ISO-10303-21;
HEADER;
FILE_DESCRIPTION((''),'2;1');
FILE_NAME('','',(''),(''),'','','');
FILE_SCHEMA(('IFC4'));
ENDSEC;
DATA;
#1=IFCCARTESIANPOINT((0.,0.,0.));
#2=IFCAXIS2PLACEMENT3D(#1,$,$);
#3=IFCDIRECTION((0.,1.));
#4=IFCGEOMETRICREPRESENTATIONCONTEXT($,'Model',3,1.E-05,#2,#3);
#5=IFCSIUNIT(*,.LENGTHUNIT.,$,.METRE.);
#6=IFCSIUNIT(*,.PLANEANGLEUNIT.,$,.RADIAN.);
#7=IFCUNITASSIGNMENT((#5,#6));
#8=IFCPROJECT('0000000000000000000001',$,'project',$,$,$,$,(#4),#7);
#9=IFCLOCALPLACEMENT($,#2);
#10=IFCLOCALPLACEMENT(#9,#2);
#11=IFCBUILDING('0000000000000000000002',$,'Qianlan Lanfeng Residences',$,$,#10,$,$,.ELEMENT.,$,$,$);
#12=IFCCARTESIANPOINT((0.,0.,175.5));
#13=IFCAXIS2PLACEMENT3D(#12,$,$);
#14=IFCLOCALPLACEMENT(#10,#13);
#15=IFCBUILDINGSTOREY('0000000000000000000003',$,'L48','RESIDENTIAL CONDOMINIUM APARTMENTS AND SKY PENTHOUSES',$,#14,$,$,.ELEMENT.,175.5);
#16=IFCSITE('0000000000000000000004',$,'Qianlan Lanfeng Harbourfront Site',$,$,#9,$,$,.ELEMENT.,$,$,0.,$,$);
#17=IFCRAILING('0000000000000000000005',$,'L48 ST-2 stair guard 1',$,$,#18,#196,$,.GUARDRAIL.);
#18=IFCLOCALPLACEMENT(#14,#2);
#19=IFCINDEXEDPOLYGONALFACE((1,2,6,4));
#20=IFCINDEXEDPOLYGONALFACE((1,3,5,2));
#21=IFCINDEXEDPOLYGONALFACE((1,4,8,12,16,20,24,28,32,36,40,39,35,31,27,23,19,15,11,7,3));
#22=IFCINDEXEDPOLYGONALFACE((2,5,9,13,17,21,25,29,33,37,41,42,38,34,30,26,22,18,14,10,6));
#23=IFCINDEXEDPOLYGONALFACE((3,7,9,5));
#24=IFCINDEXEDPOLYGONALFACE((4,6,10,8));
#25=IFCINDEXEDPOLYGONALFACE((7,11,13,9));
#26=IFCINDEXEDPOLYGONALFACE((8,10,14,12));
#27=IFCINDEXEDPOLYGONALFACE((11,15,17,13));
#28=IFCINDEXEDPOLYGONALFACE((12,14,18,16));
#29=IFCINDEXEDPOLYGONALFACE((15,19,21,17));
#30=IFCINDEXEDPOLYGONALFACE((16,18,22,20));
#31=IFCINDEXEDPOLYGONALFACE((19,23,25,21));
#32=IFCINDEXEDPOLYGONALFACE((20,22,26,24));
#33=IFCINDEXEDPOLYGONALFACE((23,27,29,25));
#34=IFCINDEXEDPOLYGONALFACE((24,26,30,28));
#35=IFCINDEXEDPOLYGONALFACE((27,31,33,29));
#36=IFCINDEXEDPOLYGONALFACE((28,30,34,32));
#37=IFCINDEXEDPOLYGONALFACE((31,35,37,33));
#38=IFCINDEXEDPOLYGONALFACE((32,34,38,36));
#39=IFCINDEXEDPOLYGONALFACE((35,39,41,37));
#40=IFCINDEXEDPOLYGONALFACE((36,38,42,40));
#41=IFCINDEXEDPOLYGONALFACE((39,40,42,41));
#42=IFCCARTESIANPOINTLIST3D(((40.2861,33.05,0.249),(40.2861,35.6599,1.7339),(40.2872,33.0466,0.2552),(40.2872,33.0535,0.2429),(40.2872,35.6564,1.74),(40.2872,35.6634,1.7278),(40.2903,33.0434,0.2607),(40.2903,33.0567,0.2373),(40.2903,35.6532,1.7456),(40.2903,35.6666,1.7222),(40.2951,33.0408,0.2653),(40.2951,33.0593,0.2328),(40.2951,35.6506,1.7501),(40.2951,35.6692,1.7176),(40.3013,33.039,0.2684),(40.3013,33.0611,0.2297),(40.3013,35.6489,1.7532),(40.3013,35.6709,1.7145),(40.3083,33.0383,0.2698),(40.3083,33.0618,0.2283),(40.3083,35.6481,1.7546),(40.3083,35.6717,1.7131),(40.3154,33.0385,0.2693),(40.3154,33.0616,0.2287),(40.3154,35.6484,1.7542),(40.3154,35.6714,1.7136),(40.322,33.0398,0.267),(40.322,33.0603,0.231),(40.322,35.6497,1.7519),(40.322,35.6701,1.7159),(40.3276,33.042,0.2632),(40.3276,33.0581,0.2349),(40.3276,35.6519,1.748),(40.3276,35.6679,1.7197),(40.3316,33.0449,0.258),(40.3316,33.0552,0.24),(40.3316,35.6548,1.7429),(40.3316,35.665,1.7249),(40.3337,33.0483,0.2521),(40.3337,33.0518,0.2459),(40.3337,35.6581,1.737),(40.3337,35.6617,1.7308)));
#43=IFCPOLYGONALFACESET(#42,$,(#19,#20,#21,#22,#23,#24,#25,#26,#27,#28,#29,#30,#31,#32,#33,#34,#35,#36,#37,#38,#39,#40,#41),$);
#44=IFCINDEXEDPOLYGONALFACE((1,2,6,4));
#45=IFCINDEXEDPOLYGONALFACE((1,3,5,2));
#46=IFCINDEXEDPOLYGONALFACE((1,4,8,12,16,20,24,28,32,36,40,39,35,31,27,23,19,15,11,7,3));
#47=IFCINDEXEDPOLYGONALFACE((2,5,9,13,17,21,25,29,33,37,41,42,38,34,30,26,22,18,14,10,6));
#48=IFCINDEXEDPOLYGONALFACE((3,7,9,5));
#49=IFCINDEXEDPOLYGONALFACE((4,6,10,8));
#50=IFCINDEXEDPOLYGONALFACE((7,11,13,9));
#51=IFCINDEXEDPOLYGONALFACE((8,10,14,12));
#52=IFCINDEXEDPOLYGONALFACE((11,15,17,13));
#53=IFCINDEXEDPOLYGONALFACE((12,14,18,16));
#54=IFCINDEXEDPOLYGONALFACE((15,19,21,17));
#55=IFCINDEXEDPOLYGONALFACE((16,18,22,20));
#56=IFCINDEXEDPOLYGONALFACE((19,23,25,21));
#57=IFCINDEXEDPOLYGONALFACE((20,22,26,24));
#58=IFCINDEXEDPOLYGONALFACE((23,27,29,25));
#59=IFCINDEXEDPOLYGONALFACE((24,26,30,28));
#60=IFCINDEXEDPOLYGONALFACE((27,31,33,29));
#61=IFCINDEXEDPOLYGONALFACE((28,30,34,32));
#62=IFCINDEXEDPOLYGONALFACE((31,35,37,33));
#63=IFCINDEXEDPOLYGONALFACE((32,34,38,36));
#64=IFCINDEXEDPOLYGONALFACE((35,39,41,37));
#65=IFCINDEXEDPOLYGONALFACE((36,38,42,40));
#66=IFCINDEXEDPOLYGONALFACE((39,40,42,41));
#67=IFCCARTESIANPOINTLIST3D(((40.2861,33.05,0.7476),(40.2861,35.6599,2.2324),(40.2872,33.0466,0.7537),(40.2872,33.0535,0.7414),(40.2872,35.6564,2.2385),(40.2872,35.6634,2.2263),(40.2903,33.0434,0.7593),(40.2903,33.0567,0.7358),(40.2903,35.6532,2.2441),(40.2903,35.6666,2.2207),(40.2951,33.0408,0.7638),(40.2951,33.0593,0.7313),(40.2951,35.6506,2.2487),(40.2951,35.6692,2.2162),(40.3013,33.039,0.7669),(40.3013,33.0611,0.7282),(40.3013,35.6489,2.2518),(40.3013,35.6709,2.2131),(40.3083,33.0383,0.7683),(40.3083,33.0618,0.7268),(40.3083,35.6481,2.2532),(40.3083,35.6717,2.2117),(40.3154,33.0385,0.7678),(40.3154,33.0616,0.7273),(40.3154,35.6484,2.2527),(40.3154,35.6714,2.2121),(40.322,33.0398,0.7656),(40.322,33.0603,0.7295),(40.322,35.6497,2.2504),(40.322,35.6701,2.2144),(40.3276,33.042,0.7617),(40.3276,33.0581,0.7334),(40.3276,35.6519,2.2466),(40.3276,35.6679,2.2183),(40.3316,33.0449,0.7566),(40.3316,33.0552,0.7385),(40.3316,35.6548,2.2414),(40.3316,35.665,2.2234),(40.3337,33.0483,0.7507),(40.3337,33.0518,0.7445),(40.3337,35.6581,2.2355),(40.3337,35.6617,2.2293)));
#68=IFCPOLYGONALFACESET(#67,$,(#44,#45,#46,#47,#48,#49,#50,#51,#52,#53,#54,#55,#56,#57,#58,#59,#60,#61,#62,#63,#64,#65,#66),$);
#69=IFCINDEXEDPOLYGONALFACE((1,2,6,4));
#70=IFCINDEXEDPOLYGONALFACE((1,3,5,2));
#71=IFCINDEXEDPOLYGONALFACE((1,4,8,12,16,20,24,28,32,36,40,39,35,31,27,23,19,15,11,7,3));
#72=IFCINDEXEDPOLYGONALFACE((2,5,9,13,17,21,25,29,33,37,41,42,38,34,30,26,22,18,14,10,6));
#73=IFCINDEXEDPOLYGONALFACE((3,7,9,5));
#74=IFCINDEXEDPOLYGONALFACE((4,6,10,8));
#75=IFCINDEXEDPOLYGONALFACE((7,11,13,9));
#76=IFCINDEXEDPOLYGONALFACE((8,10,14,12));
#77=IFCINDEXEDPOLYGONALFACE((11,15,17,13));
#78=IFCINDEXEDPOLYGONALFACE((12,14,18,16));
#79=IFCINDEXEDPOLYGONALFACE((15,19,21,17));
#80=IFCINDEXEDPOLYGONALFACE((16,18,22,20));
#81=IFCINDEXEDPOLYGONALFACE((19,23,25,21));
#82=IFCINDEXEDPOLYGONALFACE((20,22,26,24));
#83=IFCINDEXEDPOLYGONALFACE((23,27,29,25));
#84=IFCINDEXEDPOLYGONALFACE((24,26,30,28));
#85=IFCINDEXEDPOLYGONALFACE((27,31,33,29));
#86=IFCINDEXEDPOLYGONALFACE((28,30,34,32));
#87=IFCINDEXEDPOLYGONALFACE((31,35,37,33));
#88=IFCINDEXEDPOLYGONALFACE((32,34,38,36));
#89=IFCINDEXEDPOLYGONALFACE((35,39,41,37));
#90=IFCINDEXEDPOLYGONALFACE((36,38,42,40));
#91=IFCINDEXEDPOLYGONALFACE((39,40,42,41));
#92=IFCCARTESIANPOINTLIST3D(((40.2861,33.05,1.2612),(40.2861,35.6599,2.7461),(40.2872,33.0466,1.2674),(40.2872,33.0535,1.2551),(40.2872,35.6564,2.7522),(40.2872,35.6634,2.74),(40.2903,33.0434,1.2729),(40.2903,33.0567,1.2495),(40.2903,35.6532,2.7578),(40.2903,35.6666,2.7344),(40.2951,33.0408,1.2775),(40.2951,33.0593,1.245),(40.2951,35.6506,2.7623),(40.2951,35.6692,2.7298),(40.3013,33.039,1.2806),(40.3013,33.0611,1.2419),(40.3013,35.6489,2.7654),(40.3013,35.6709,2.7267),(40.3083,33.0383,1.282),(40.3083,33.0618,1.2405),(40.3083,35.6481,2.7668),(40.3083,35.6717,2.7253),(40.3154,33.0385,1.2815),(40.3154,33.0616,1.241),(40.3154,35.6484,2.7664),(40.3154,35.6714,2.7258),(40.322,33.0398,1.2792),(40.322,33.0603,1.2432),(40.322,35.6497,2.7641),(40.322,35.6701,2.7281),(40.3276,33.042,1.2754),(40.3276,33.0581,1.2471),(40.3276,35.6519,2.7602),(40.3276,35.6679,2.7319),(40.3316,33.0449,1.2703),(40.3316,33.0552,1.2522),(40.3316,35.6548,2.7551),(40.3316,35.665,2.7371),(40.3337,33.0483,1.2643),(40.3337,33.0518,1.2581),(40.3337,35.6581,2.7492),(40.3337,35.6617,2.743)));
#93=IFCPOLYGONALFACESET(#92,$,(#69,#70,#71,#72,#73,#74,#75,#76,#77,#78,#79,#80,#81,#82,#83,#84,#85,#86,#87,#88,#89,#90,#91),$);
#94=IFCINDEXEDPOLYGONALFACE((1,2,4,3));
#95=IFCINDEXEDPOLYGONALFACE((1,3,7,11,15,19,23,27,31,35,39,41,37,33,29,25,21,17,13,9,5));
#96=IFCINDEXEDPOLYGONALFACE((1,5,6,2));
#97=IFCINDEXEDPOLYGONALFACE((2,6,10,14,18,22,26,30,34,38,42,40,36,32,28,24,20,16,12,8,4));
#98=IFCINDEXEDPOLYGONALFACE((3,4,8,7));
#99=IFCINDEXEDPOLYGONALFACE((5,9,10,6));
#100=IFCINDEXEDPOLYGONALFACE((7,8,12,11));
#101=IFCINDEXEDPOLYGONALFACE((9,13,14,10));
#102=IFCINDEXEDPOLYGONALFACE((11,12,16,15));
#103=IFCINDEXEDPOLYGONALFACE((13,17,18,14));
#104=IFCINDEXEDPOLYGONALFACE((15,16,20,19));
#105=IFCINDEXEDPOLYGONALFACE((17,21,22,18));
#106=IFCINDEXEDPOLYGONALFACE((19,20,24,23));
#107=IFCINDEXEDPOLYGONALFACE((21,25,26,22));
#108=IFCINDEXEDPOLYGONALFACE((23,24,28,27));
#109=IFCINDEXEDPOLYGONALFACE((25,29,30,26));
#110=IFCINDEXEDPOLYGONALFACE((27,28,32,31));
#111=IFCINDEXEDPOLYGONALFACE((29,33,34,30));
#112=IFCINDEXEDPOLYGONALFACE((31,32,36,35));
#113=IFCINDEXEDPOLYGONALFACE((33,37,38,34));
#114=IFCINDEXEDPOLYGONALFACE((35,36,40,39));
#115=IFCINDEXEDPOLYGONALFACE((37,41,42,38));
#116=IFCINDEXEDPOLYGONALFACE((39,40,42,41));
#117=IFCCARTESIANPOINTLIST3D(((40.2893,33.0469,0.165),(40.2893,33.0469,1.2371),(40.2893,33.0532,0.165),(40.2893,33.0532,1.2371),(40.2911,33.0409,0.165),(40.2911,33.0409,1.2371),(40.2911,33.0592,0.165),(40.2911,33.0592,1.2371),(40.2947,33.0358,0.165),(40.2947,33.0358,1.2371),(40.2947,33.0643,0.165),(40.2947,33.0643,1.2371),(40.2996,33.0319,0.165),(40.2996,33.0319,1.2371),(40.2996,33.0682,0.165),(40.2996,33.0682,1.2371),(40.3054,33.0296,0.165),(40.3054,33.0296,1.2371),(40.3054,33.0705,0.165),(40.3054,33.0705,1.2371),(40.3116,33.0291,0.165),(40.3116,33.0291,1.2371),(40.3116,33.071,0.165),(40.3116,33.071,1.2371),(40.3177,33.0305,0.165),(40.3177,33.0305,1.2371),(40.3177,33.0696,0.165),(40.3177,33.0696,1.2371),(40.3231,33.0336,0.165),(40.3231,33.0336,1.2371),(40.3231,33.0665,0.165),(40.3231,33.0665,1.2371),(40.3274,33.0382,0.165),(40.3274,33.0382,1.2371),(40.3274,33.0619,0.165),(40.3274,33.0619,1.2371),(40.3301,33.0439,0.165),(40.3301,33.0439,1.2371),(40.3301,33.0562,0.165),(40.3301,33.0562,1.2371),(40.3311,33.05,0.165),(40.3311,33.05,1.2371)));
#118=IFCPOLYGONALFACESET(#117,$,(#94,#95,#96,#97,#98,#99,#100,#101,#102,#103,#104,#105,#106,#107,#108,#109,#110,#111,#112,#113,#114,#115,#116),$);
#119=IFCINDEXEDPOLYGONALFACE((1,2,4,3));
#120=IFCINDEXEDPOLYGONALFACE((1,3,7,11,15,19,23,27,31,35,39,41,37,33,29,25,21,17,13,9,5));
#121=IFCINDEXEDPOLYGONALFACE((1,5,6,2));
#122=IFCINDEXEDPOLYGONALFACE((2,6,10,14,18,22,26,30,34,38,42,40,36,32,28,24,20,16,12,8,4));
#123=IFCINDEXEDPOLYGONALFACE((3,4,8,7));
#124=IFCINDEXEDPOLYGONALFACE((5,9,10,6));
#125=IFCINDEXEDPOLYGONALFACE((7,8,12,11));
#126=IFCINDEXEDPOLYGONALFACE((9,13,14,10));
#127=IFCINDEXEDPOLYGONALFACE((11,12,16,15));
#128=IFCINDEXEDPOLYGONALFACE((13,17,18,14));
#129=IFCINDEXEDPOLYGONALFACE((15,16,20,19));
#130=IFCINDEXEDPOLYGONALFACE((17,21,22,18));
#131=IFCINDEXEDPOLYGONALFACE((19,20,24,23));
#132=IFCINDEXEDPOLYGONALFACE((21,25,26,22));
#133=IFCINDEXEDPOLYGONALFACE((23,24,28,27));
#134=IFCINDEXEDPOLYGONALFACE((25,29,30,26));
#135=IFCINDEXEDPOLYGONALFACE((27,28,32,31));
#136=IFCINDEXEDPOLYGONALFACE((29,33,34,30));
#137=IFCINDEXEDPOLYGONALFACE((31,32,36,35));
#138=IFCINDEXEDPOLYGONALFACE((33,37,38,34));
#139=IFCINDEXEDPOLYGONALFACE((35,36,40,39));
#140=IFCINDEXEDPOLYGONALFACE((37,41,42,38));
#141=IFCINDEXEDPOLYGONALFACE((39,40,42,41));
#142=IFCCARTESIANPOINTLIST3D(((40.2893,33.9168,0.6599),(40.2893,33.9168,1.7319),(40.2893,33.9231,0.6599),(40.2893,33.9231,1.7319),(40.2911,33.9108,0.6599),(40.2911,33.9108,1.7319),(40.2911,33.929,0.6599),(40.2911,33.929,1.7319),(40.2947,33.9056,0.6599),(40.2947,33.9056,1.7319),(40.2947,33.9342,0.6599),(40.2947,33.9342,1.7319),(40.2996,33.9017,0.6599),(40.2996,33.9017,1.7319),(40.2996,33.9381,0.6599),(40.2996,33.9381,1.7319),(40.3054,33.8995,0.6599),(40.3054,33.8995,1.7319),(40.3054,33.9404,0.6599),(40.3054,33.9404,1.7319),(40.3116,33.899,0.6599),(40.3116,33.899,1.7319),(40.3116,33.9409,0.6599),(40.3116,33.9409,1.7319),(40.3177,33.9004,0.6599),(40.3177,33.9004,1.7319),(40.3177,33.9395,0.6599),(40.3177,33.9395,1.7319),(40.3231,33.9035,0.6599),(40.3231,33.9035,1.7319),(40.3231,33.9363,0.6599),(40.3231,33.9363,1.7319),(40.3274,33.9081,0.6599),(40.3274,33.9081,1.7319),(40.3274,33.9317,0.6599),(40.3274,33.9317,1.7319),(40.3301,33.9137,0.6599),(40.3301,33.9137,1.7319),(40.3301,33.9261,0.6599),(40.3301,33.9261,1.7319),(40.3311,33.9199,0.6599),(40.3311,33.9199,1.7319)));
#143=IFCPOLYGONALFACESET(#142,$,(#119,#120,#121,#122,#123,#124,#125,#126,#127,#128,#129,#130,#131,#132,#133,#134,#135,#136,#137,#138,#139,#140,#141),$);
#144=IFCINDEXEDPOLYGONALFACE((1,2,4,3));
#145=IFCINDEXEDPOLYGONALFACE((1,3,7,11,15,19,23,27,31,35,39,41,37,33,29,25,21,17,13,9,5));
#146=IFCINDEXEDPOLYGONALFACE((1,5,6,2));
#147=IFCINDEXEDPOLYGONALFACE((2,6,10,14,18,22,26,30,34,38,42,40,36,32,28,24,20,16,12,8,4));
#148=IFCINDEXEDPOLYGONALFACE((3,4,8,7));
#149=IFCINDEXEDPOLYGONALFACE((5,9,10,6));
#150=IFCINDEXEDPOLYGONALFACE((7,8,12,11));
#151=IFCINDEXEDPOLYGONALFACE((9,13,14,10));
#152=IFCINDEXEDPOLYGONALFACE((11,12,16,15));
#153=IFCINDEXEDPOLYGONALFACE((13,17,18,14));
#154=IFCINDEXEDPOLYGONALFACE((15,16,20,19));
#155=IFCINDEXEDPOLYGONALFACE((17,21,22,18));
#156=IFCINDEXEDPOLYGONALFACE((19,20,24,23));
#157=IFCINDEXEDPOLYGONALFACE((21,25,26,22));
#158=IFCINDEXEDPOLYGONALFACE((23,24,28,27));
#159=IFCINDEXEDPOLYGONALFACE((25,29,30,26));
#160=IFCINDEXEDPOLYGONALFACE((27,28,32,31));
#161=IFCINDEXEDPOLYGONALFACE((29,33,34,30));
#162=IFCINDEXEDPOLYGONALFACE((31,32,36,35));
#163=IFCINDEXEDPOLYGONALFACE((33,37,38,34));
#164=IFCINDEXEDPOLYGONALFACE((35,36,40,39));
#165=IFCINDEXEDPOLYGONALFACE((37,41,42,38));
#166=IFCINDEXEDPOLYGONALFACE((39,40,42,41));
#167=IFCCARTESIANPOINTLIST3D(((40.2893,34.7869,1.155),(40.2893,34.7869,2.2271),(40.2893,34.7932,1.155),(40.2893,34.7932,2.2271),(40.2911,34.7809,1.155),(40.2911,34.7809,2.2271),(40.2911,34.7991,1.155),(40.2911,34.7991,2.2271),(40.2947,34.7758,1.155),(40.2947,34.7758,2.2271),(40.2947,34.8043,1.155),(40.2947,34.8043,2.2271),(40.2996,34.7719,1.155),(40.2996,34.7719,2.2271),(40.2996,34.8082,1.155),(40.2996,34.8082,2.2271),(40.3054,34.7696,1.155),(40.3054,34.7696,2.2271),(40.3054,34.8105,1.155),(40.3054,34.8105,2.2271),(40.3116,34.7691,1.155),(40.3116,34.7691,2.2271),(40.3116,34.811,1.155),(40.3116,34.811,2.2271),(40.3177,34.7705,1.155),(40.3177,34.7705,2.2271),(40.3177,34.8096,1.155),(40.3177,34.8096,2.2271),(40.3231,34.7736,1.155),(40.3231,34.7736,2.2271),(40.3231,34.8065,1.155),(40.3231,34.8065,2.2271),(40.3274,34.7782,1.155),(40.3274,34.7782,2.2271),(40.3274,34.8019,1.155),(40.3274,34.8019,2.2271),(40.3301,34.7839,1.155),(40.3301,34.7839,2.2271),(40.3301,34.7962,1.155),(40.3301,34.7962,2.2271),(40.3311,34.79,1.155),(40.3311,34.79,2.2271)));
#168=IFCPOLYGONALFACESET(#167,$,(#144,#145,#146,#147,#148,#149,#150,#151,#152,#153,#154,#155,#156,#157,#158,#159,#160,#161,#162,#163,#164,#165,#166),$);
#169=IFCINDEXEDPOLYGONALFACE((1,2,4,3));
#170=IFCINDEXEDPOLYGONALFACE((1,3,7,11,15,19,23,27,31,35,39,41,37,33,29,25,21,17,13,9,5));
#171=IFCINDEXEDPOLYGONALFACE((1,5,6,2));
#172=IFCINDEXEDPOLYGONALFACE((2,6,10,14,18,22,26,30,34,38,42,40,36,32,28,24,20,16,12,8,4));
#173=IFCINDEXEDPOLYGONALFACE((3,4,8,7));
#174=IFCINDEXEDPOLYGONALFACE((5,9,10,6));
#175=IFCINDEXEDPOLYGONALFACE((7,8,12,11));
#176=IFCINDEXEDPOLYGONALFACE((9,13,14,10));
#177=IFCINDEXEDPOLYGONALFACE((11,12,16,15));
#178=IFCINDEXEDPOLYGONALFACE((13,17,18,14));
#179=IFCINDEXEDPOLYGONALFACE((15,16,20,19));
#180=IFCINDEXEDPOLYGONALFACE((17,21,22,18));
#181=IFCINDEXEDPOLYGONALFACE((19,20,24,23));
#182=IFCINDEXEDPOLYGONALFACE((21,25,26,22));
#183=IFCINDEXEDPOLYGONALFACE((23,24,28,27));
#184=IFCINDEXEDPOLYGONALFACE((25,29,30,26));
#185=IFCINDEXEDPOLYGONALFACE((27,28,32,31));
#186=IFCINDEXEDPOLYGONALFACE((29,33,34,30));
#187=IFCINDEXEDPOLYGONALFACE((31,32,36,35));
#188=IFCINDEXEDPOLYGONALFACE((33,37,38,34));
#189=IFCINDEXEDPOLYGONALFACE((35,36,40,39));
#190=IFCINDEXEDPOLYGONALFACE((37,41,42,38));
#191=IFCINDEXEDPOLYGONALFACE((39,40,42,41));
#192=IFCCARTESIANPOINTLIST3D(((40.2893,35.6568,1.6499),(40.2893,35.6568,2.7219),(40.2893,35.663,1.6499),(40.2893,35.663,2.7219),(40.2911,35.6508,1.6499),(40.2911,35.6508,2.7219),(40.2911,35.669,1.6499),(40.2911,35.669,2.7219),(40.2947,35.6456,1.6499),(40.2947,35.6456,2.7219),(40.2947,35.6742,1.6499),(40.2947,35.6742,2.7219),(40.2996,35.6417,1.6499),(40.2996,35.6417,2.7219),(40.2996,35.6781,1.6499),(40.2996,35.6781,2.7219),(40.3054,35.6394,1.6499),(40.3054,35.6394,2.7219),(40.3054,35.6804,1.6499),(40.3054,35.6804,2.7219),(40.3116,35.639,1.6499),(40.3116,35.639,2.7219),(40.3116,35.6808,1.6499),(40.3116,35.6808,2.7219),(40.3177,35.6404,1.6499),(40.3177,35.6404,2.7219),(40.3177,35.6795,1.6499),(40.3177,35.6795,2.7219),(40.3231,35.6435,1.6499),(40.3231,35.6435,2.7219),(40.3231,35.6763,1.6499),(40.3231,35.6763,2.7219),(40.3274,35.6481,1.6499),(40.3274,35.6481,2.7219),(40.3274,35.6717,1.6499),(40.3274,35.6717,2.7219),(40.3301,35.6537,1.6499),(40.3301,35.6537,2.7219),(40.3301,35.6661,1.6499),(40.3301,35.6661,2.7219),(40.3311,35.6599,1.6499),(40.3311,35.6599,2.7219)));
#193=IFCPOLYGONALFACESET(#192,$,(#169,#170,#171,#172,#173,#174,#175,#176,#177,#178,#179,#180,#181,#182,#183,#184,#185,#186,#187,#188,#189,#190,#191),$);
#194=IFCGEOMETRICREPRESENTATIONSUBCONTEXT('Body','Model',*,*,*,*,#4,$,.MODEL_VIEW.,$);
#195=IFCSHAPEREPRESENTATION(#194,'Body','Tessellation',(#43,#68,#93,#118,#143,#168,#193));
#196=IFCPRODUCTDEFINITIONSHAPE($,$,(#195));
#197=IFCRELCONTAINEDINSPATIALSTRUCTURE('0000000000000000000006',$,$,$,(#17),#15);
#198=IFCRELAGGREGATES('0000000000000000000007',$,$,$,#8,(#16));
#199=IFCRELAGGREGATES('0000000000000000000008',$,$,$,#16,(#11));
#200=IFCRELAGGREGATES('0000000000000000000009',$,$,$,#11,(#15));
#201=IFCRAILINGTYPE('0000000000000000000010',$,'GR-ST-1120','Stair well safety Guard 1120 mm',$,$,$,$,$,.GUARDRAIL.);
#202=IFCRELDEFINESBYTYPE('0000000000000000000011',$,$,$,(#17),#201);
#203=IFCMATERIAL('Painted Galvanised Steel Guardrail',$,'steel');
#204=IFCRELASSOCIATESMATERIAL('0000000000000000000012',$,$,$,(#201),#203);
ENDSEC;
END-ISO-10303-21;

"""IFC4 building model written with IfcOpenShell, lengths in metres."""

from ifc_helpers import new_model, si_unit, direction, frame, origin, origin_2d, place, context, subcontext, project, spatial, circle, extrude, material, type_object, element, save


model = new_model("IFC4")

# Units and contexts
model_context = context("Model", 3, precision=1e-05, world=origin(), true_north=direction((0.0, 1.0)))
body_context = subcontext(model_context, "Body", "Model", "MODEL_VIEW")
ifc_project = project(units=[si_unit("LENGTHUNIT", "METRE"), si_unit("PLANEANGLEUNIT", "RADIAN")], contexts=[model_context])

# Site, building, storey
site_placement = place(None, origin())
site = spatial("IfcSite", under=ifc_project, at=site_placement, Name="Qianlan Lanfeng Harbourfront Site", CompositionType="ELEMENT", RefElevation=0.0)
building_placement = place(site_placement, origin())
building = spatial("IfcBuilding", under=site, at=building_placement, Name="Qianlan Lanfeng Residences", CompositionType="ELEMENT")
storey_placement = place(building_placement, frame((0.0, 0.0, 175.5)))
storey = spatial("IfcBuildingStorey", under=building, at=storey_placement, Name="L48", Description="RESIDENTIAL CONDOMINIUM APARTMENTS AND SKY PENTHOUSES", CompositionType="ELEMENT", Elevation=175.5)

# Railing
ifc_material_1 = material(Name="Painted Galvanised Steel Guardrail", Category="steel")
railing_type_1 = type_object("IfcRailingType", Name="GR-ST-1120", Description="Stair well safety Guard 1120 mm", PredefinedType="GUARDRAIL", material=ifc_material_1)
railing_1_placement = place(storey_placement, frame((40.3101, 33.05, 0.165)))
element("IfcRailing", 1, at=railing_1_placement, inside=storey, type_object=railing_type_1, Name="L48 ST-2 stair guard 1", PredefinedType="GUARDRAIL", context=body_context, shape_type="SweptSolid", body=[
    extrude(circle(Radius=0.0239, at=origin_2d()), frame((0.0, 0.0, 0.084), z_axis=(0.0, 0.869172, 0.494509), x_axis=(-1.0, 0.0, 0.0)), (0.0, 0.0, 1.0), 3.0027),
    extrude(circle(Radius=0.0239, at=origin_2d()), frame((0.0, 0.0, 0.5825), z_axis=(0.0, 0.869172, 0.494509), x_axis=(-1.0, 0.0, 0.0)), (0.0, 0.0, 1.0), 3.0027),
    extrude(circle(Radius=0.0239, at=origin_2d()), frame((0.0, 0.0, 1.0962), z_axis=(0.0, 0.869172, 0.494509), x_axis=(-1.0, 0.0, 0.0)), (0.0, 0.0, 1.0), 3.0027),
    extrude(circle(Radius=0.021, at=origin_2d()), origin(), (0.0, 0.0, 1.0), 1.072),
    extrude(circle(Radius=0.021, at=origin_2d()), frame((0.0, 0.8699, 0.4949)), (0.0, 0.0, 1.0), 1.072),
    extrude(circle(Radius=0.021, at=origin_2d()), frame((0.0, 1.74, 0.99)), (0.0, 0.0, 1.0), 1.072),
    extrude(circle(Radius=0.021, at=origin_2d()), frame((0.0, 2.6099, 1.4849)), (0.0, 0.0, 1.0), 1.072),
])

save(model, "model.ifc")
